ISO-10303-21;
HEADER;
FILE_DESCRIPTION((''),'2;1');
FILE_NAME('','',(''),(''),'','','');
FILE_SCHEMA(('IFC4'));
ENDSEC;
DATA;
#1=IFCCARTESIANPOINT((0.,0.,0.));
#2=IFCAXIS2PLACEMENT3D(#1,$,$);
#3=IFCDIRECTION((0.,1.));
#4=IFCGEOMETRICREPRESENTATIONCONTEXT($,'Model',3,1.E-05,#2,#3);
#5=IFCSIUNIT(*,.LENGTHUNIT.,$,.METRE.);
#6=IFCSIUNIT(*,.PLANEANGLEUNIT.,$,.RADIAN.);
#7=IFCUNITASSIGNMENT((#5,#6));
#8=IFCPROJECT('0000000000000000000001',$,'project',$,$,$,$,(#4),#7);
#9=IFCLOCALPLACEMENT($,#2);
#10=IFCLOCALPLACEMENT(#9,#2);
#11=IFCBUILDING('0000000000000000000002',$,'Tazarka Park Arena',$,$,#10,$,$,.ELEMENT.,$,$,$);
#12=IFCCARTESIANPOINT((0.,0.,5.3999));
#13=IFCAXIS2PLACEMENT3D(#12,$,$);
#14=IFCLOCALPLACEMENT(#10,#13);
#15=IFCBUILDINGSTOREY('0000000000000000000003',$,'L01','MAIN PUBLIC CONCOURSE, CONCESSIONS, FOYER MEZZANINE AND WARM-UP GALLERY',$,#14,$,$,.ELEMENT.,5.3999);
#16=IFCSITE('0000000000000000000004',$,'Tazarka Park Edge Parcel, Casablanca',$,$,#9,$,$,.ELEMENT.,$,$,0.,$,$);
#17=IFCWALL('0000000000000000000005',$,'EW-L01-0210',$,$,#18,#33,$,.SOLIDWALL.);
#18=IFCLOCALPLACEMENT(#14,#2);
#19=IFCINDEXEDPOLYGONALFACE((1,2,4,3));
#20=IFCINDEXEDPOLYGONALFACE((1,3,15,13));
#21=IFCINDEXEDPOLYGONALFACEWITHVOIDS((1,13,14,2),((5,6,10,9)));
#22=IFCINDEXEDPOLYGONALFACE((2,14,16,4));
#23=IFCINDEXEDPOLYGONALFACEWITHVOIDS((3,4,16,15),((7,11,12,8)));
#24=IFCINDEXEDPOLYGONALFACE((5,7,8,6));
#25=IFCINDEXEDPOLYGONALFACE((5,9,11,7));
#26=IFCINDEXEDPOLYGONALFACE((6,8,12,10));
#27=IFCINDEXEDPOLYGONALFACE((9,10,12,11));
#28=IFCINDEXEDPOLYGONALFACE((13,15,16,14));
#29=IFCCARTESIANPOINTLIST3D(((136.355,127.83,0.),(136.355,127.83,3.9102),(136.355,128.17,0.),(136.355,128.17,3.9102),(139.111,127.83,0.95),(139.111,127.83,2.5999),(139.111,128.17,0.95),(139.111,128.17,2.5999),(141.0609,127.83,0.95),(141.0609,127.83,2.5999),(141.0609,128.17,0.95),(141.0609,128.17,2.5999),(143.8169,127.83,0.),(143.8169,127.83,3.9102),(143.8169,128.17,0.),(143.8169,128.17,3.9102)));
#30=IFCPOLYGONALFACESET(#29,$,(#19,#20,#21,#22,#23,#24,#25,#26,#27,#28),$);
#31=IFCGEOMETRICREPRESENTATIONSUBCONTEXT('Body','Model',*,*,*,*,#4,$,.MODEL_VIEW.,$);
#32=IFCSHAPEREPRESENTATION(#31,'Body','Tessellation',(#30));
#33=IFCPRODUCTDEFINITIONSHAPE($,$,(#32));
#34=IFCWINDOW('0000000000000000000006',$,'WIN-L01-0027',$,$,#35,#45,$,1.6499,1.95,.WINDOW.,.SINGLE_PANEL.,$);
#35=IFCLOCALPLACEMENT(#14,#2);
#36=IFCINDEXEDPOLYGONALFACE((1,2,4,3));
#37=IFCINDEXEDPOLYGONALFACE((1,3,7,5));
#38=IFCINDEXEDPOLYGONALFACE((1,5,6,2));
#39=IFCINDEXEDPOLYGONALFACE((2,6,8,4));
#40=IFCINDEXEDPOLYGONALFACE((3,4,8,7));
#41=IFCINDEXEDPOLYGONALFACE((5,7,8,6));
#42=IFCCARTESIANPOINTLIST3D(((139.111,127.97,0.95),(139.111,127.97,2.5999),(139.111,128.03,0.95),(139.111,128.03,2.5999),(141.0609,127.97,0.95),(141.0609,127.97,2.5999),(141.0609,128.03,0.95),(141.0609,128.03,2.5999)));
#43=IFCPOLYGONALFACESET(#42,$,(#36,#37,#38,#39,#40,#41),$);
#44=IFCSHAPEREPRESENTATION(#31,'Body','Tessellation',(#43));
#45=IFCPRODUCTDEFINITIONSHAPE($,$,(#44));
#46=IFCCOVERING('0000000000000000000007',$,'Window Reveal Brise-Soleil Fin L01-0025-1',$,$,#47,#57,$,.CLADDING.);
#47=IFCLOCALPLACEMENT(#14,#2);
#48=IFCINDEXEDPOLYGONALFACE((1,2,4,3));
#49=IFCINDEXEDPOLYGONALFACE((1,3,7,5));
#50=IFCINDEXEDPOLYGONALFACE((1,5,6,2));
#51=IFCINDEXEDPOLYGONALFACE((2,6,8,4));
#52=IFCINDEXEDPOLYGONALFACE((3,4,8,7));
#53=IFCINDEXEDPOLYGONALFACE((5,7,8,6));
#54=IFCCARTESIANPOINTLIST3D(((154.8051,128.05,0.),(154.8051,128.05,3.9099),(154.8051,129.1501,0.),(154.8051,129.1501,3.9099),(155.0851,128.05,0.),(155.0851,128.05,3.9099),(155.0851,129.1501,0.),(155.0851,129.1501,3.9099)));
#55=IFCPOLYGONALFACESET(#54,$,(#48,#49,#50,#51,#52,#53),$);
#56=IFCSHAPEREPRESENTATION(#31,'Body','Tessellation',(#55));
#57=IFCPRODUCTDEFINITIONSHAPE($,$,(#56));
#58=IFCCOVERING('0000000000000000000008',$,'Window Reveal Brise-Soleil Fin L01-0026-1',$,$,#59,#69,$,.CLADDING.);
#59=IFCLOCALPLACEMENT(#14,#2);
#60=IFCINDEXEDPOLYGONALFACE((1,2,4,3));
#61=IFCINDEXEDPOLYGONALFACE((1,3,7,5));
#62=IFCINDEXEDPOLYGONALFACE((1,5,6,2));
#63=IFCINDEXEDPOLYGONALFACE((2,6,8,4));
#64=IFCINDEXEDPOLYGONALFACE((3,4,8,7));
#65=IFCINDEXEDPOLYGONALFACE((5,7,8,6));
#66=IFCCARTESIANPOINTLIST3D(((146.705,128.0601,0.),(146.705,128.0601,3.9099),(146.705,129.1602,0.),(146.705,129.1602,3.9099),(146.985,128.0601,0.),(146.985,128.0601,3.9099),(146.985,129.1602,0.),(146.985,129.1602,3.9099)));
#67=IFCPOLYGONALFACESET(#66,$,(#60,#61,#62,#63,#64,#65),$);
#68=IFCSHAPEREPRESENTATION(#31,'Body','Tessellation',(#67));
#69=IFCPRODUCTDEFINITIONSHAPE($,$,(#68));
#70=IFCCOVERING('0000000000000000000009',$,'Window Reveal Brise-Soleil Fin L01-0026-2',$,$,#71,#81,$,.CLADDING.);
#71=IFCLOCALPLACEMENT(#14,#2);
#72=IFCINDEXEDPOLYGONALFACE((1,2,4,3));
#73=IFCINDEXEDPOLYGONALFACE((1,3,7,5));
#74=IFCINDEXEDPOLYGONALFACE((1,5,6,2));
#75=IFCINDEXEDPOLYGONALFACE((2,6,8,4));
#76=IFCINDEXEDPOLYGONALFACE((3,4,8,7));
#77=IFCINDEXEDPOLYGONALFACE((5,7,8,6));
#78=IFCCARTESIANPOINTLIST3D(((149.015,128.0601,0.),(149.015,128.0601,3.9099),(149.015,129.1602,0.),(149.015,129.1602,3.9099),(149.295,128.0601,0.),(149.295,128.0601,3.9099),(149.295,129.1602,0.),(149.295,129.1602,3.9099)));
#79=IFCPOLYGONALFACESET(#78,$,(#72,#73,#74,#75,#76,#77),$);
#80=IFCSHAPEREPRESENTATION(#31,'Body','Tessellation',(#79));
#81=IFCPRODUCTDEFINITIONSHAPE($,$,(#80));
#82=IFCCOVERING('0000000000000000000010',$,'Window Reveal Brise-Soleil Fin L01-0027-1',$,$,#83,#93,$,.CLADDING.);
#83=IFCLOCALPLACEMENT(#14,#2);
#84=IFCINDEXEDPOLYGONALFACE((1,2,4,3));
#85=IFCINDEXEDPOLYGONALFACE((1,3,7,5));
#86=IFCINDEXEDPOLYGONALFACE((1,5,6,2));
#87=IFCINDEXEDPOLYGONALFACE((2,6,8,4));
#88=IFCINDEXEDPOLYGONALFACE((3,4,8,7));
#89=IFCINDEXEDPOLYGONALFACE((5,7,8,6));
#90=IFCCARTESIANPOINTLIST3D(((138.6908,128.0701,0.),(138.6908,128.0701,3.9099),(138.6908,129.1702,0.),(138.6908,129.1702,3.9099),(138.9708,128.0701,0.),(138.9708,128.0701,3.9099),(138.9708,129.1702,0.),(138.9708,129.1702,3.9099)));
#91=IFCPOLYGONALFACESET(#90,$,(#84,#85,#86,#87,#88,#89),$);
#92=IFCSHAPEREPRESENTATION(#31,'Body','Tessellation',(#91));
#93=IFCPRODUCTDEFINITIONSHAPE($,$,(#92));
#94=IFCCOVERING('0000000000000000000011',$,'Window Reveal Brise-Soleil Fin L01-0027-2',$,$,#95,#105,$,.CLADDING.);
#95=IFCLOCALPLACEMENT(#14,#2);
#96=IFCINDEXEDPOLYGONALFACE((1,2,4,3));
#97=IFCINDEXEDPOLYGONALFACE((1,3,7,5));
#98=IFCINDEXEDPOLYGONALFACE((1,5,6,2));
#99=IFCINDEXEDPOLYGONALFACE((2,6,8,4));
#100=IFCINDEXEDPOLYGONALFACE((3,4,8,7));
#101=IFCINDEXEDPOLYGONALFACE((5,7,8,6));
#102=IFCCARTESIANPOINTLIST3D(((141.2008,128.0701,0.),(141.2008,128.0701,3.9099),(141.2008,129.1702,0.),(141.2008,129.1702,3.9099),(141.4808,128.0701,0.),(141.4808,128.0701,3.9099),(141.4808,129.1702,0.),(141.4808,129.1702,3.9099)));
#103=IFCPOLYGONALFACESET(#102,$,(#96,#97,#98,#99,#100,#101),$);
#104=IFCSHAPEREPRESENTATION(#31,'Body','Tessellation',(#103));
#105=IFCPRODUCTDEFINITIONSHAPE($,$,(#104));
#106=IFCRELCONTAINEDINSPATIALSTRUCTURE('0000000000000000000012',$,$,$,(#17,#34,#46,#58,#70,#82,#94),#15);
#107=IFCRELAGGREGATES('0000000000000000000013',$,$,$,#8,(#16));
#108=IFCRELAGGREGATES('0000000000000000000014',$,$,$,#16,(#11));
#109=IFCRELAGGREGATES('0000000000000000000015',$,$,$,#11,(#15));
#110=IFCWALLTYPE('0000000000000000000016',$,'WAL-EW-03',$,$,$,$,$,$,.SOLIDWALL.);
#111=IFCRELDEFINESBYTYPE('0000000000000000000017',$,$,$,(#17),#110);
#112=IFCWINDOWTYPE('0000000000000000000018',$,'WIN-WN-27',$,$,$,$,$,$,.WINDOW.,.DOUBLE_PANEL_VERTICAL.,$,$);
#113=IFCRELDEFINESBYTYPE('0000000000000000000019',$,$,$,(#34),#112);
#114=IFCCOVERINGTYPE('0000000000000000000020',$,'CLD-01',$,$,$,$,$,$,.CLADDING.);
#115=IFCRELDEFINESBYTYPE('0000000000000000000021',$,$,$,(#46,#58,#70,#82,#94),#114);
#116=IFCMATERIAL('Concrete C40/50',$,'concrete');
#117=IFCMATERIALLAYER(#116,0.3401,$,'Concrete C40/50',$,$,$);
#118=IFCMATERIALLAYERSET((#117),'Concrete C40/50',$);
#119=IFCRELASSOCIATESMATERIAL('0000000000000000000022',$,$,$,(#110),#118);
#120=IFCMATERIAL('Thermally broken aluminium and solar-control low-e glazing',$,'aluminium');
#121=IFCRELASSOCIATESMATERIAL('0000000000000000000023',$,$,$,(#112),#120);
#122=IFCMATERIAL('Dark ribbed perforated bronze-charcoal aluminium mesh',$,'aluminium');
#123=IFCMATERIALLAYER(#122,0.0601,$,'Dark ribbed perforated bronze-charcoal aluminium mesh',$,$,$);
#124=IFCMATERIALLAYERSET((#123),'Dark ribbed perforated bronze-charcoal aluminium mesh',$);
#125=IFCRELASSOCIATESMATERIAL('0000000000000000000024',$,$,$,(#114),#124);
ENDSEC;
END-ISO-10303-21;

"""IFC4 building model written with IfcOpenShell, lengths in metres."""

from ifc_helpers import new_model, si_unit, direction, frame, frame_2d, origin, origin_2d, place, context, subcontext, project, spatial, rectangle, extrude, material, layer, layer_set, type_object, element, fill, save


model = new_model("IFC4")

# Units and contexts
model_context = context("Model", 3, precision=1e-05, world=origin(), true_north=direction((0.0, 1.0)))
body_context = subcontext(model_context, "Body", "Model", "MODEL_VIEW")
ifc_project = project(units=[si_unit("LENGTHUNIT", "METRE"), si_unit("PLANEANGLEUNIT", "RADIAN")], contexts=[model_context])

# Site, building, storey
site_placement = place(None, origin())
site = spatial("IfcSite", under=ifc_project, at=site_placement, Name="Tazarka Park Edge Parcel, Casablanca", CompositionType="ELEMENT", RefElevation=0.0)
building_placement = place(site_placement, origin())
building = spatial("IfcBuilding", under=site, at=building_placement, Name="Tazarka Park Arena", CompositionType="ELEMENT")
storey_placement = place(building_placement, frame((0.0, 0.0, 5.3999)))
storey = spatial("IfcBuildingStorey", under=building, at=storey_placement, Name="L01", Description="MAIN PUBLIC CONCOURSE, CONCESSIONS, FOYER MEZZANINE AND WARM-UP GALLERY", CompositionType="ELEMENT", Elevation=5.3999)

# Wall, opening, window
ifc_material_1 = material(Name="Concrete C40/50", Category="concrete")
ifc_layer_1 = layer(ifc_material_1, 0.3401, Name="Concrete C40/50")
ifc_layer_set_1 = layer_set([ifc_layer_1], Name="Concrete C40/50")
wall_type_1 = type_object("IfcWallType", Name="WAL-EW-03", PredefinedType="SOLIDWALL", material=ifc_layer_set_1)
wall_1_placement = place(storey_placement, frame((136.355, 128.0, 0.0), z_axis=(0.0, 0.0, 1.0), x_axis=(1.0, 0.0, 0.0)))
wall_1 = element("IfcWall", 1, at=wall_1_placement, inside=storey, type_object=wall_type_1, Name="EW-L01-0210", PredefinedType="SOLIDWALL", context=body_context, shape_type="SweptSolid", body=[
    extrude(rectangle(XDim=7.4619, YDim=0.3401, at=frame_2d((3.731, 0.0))), origin(), (0.0, 0.0, 1.0), 3.9102),
])
opening_1_placement = place(wall_1_placement, frame((2.7559, 0.0, 0.95)))
opening_1 = element("IfcOpeningElement", 2, at=opening_1_placement, cuts=wall_1, PredefinedType="OPENING", context=body_context, shape_type="SweptSolid", body=[
    extrude(rectangle(XDim=1.95, YDim=1.6499, at=frame_2d((0.9751, 0.825))), frame((0.0, 0.1802, 0.0), z_axis=(0.0, -1.0, 0.0), x_axis=(1.0, 0.0, 0.0)), (0.0, 0.0, 1.0), 0.3601),
])
ifc_material_2 = material(Name="Thermally broken aluminium and solar-control low-e glazing", Category="aluminium")
window_type_1 = type_object("IfcWindowType", Name="WIN-WN-27", PartitioningType="DOUBLE_PANEL_VERTICAL", PredefinedType="WINDOW", material=ifc_material_2)
window_1_placement = place(opening_1_placement, origin())
window_1 = element("IfcWindow", 3, at=window_1_placement, inside=storey, type_object=window_type_1, Name="WIN-L01-0027", OverallHeight=1.6499, OverallWidth=1.95, PartitioningType="SINGLE_PANEL", PredefinedType="WINDOW", context=body_context, shape_type="SweptSolid", body=[
    extrude(rectangle(XDim=1.95, YDim=1.6499, at=frame_2d((0.9751, 0.825))), frame((0.0, 0.03, 0.0), z_axis=(0.0, -1.0, 0.0), x_axis=(1.0, 0.0, 0.0)), (0.0, 0.0, 1.0), 0.0601),
])
fill(opening_1, window_1)

# Coverings
ifc_material_3 = material(Name="Dark ribbed perforated bronze-charcoal aluminium mesh", Category="aluminium")
ifc_layer_2 = layer(ifc_material_3, 0.0601, Name="Dark ribbed perforated bronze-charcoal aluminium mesh")
ifc_layer_set_2 = layer_set([ifc_layer_2], Name="Dark ribbed perforated bronze-charcoal aluminium mesh")
covering_type = type_object("IfcCoveringType", Name="CLD-01", PredefinedType="CLADDING", material=ifc_layer_set_2)
for number, where, z_axis, x_axis, name in (
    (4, (154.9451, 128.6001, 0.0), (0.0, 0.0, 1.0), (1.0, 0.0, 0.0), "Window Reveal Brise-Soleil Fin L01-0025-1"),
    (5, (146.845, 128.6101, 0.0), (0.0, 0.0, 1.0), (1.0, 0.0, 0.0), "Window Reveal Brise-Soleil Fin L01-0026-1"),
    (6, (149.155, 128.6101, 0.0), (0.0, 0.0, 1.0), (1.0, 0.0, 0.0), "Window Reveal Brise-Soleil Fin L01-0026-2"),
    (7, (138.8308, 128.6201, 0.0), (0.0, 0.0, 1.0), (1.0, 0.0, 0.0), "Window Reveal Brise-Soleil Fin L01-0027-1"),
    (8, (141.3408, 128.6201, 0.0), (0.0, 0.0, 1.0), (1.0, 0.0, 0.0), "Window Reveal Brise-Soleil Fin L01-0027-2"),
):
    element("IfcCovering", number, at=place(storey_placement, frame(where, z_axis=z_axis, x_axis=x_axis)), inside=storey, type_object=covering_type, Name=name, PredefinedType="CLADDING", context=body_context, shape_type="SweptSolid", body=[
        extrude(rectangle(XDim=0.28, YDim=1.1001, at=origin_2d()), origin(), (0.0, 0.0, 1.0), 3.9099),
    ])

save(model, "model.ifc")
